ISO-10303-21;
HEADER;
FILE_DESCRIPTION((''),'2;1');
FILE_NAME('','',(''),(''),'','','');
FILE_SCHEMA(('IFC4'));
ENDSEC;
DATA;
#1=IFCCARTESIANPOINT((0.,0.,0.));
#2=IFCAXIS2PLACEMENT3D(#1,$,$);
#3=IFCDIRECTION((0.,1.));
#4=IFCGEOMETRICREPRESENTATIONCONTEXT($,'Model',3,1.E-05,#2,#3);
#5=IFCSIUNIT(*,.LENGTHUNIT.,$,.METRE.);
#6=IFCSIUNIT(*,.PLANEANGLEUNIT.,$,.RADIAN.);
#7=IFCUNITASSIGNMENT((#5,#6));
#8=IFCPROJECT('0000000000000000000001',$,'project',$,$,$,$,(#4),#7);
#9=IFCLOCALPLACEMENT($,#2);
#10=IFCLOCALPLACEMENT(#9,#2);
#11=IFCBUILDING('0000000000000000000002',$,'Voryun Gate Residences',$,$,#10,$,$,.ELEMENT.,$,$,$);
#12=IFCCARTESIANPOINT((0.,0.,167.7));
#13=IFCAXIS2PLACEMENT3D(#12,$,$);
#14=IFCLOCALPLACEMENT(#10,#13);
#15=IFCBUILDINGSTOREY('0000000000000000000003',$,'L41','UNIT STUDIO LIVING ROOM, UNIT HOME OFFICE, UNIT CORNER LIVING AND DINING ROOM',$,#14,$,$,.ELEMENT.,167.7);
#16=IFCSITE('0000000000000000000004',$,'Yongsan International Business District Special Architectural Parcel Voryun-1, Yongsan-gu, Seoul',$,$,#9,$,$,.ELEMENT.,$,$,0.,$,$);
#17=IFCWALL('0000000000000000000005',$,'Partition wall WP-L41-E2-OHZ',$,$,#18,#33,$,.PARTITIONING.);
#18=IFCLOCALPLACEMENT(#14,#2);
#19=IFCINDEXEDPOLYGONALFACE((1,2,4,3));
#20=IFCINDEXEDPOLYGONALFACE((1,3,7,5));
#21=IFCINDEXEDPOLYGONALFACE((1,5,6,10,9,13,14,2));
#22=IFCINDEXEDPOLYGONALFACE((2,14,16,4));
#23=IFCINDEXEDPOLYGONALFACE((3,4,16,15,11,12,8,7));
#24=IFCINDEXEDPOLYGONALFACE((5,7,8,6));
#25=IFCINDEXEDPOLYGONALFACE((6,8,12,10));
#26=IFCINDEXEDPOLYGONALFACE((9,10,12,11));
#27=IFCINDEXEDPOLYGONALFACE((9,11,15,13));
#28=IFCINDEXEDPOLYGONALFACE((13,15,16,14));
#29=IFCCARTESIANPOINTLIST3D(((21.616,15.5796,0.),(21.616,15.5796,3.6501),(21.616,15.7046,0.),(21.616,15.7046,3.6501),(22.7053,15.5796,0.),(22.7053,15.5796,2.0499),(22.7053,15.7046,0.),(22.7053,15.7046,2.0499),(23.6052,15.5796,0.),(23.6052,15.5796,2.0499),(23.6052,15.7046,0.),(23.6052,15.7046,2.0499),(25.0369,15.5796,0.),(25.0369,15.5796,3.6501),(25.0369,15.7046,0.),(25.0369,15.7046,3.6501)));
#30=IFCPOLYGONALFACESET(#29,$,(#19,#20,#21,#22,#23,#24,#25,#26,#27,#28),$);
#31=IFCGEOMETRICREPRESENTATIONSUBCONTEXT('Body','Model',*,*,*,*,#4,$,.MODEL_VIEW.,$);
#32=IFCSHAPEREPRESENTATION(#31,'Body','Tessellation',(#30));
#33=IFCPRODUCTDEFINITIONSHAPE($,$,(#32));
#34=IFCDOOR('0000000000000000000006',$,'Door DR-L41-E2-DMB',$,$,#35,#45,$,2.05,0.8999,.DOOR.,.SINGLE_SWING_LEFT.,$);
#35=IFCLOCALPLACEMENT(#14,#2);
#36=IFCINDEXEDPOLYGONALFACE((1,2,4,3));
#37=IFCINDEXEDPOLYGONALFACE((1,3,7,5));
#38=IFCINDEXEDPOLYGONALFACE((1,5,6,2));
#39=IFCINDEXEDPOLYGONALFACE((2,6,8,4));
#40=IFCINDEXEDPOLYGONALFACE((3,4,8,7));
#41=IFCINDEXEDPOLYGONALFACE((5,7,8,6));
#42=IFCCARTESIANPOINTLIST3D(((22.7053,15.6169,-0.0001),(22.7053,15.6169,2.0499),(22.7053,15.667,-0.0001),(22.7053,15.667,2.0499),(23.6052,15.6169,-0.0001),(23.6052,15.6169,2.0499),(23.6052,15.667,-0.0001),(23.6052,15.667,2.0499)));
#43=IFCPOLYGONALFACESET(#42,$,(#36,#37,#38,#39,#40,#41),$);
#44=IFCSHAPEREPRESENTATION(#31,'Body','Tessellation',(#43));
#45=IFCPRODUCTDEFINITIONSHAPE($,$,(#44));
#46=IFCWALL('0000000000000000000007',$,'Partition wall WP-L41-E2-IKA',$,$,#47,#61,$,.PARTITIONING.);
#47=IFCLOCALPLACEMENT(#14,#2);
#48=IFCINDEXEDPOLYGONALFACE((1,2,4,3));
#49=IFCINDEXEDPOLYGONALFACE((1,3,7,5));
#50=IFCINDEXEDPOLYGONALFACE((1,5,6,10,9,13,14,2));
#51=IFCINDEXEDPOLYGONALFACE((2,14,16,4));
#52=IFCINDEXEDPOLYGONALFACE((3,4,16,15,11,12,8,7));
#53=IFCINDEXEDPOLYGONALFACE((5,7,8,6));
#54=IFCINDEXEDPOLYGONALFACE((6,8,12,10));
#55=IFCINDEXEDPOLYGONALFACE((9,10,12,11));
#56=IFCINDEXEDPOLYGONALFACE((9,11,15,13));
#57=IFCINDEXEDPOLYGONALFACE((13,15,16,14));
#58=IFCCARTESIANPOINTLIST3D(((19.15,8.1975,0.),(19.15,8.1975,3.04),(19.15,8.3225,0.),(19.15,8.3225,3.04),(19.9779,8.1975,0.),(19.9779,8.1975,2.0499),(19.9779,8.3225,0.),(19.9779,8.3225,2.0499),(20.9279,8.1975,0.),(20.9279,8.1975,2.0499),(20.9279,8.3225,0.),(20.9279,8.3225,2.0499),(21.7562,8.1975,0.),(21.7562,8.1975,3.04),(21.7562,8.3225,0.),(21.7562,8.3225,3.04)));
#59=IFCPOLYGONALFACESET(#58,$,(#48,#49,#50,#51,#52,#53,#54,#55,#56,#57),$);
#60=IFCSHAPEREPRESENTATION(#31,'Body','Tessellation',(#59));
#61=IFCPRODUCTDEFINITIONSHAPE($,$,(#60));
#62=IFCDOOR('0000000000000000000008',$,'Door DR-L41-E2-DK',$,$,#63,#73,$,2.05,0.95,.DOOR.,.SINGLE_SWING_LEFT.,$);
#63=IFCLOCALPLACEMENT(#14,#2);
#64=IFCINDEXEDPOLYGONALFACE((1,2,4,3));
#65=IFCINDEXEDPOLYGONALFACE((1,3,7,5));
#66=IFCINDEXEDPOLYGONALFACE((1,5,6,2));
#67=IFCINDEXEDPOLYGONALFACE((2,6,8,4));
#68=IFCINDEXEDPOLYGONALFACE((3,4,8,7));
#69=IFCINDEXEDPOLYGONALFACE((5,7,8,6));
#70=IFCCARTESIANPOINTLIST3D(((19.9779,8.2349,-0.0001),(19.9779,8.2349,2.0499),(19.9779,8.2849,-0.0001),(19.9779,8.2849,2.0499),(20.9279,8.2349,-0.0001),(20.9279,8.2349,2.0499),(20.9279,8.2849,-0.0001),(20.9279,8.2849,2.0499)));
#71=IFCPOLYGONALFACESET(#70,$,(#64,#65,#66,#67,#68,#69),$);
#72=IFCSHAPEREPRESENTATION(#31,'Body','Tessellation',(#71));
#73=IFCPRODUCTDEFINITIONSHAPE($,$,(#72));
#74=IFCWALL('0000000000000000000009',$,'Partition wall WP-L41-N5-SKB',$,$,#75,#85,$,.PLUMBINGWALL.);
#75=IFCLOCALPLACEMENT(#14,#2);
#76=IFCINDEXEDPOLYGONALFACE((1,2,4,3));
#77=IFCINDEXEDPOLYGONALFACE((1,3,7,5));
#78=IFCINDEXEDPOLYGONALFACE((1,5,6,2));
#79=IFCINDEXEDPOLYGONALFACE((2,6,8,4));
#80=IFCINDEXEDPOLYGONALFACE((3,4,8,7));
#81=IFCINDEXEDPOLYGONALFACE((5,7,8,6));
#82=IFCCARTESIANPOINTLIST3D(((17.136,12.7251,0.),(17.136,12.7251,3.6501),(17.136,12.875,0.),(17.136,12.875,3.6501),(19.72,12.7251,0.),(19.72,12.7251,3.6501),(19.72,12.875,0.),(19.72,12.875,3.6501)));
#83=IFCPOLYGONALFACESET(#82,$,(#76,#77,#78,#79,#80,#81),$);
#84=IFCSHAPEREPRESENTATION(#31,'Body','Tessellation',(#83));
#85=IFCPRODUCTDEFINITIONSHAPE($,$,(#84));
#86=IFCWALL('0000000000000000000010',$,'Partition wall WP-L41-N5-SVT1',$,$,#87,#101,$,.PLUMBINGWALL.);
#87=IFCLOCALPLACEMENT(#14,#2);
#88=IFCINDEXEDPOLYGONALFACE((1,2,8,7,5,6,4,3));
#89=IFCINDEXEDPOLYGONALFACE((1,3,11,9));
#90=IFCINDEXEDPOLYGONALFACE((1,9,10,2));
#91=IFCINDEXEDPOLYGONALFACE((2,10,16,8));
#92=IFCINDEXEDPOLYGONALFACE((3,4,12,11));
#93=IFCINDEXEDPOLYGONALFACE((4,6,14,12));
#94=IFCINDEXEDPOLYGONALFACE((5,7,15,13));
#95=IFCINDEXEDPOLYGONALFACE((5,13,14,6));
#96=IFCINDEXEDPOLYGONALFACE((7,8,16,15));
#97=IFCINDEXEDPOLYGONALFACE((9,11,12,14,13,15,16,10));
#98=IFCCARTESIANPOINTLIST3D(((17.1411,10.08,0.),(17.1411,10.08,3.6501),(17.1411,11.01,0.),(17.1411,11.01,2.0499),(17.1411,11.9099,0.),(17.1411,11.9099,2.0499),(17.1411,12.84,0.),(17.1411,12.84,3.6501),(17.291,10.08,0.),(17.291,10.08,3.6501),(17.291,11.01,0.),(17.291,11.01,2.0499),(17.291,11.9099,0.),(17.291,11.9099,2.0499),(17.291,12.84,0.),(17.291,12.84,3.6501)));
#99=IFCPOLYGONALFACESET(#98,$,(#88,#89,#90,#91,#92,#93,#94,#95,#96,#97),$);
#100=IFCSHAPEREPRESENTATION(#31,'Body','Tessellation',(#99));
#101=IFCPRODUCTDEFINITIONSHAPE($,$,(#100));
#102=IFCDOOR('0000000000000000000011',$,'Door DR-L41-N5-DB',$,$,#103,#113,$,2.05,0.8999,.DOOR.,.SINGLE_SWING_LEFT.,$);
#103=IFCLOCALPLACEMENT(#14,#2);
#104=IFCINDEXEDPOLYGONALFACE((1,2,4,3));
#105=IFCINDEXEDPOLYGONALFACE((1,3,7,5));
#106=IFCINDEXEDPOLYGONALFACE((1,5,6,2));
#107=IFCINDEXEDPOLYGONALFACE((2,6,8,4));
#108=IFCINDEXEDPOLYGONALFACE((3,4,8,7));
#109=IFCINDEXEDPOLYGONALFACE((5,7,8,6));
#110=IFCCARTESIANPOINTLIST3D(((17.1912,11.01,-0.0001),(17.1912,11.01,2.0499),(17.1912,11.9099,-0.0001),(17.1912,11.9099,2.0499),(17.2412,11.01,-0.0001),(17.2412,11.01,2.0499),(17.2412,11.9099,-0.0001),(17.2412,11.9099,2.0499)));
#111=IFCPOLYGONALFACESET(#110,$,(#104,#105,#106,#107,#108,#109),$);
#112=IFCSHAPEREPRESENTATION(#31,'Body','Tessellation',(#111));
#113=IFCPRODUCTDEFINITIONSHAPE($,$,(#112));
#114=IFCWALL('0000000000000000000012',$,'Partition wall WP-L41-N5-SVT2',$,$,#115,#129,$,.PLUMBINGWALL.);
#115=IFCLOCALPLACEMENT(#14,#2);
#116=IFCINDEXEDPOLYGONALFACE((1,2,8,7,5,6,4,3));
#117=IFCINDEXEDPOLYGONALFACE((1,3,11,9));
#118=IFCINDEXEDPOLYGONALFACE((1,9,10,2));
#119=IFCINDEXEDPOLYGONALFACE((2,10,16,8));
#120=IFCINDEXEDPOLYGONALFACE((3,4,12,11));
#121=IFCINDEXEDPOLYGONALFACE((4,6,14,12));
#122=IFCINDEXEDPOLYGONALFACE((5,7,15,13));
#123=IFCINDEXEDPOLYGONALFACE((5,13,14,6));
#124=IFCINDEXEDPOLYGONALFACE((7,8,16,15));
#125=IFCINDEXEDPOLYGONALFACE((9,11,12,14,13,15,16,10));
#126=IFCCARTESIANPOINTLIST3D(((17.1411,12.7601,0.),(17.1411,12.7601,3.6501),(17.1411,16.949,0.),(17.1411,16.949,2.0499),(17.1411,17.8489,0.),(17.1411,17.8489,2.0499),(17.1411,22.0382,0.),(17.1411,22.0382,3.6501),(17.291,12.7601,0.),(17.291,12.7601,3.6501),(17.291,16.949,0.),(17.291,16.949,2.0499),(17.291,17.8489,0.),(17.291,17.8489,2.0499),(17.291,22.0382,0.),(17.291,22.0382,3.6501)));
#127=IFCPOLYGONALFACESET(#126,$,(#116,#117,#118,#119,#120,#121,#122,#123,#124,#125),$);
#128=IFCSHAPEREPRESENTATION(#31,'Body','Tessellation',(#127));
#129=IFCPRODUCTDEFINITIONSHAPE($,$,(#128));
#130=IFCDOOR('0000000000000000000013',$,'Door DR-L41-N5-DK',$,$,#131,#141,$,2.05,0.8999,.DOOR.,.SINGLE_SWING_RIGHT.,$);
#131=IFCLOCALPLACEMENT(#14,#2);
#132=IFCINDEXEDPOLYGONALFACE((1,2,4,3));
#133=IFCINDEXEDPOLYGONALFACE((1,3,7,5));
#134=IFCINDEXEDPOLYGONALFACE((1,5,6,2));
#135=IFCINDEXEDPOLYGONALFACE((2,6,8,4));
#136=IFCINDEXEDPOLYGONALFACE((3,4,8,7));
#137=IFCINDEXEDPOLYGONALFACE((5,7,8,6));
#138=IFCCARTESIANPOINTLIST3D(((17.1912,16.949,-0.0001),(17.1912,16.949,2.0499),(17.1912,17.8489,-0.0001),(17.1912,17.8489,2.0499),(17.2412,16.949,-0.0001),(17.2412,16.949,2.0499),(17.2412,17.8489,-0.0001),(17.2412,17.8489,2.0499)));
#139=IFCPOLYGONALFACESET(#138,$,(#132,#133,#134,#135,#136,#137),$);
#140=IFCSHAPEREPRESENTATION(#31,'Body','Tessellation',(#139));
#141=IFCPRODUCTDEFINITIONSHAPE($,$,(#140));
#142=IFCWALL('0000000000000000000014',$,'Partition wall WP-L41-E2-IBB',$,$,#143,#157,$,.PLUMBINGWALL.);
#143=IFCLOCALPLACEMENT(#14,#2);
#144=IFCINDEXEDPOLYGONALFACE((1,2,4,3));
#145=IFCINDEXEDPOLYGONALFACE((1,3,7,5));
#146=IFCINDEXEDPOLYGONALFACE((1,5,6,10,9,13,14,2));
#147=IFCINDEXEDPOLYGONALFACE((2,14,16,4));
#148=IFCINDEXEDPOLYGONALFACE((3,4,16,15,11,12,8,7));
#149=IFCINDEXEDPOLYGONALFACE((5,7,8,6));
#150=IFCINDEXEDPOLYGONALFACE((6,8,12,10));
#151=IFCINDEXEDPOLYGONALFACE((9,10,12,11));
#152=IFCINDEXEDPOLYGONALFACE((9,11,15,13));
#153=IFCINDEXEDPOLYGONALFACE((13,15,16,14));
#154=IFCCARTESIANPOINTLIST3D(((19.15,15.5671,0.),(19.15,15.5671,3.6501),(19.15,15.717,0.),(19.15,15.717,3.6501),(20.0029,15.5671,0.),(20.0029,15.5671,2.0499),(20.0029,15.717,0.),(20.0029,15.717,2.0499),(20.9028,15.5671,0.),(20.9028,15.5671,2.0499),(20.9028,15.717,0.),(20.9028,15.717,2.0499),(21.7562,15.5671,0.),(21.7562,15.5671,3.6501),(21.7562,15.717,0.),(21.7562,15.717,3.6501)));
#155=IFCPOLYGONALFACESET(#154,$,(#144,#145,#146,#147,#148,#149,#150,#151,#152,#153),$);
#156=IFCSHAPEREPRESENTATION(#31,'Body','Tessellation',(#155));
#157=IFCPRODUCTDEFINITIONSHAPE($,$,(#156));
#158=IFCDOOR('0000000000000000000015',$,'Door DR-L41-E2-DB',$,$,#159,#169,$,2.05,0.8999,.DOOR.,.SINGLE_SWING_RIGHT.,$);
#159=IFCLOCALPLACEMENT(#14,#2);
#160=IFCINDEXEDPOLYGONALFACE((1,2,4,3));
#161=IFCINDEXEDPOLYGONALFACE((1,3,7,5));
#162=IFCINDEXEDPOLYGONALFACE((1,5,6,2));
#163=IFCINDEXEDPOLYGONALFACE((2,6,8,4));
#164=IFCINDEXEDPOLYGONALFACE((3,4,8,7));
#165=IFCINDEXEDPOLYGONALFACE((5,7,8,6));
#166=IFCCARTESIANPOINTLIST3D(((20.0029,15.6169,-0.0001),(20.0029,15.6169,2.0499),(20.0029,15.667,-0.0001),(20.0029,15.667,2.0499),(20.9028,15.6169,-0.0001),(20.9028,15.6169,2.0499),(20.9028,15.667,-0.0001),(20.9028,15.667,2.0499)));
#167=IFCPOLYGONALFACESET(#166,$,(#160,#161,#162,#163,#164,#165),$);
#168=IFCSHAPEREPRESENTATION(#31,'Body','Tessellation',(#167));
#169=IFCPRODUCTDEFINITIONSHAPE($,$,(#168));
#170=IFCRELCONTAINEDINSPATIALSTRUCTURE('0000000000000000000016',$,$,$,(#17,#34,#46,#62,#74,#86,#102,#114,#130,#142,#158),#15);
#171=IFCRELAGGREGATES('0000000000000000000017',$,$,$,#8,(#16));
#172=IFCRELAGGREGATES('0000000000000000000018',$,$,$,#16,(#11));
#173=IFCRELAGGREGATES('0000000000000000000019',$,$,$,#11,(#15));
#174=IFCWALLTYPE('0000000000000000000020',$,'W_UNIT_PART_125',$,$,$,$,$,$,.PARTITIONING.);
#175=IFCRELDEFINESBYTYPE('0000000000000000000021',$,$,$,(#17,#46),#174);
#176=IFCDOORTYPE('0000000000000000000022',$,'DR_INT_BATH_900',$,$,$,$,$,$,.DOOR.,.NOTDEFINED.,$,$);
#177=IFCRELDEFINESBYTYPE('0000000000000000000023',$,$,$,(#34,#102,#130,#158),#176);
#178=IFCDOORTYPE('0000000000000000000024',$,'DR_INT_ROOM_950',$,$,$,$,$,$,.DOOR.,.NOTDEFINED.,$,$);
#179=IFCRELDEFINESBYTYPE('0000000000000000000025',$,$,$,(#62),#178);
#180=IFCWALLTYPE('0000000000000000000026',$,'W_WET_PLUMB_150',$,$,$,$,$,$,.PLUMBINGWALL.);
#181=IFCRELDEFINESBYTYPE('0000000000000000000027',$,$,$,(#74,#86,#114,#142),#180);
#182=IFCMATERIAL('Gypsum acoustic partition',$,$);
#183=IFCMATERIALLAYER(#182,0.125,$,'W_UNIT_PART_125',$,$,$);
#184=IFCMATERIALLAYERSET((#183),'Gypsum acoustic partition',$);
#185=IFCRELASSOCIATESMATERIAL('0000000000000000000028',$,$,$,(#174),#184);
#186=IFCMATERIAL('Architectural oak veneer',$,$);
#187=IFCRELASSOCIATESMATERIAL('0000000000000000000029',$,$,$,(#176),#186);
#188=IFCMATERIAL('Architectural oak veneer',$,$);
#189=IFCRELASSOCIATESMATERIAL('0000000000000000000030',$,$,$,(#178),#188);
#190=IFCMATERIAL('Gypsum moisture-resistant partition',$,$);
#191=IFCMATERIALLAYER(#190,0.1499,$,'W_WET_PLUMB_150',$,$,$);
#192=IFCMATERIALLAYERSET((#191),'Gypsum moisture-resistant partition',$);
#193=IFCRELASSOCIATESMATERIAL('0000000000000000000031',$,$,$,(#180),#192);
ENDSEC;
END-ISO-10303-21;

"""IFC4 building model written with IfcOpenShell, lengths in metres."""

from ifc_helpers import new_model, si_unit, direction, frame, frame_2d, origin, place, context, subcontext, project, spatial, rectangle, extrude, material, layer, layer_set, type_object, element, fill, save


model = new_model("IFC4")

# Units and contexts
model_context = context("Model", 3, precision=1e-05, world=origin(), true_north=direction((0.0, 1.0)))
body_context = subcontext(model_context, "Body", "Model", "MODEL_VIEW")
ifc_project = project(units=[si_unit("LENGTHUNIT", "METRE"), si_unit("PLANEANGLEUNIT", "RADIAN")], contexts=[model_context])

# Site, building, storey
site_placement = place(None, origin())
site = spatial("IfcSite", under=ifc_project, at=site_placement, Name="Yongsan International Business District Special Architectural Parcel Voryun-1, Yongsan-gu, Seoul", CompositionType="ELEMENT", RefElevation=0.0)
building_placement = place(site_placement, origin())
building = spatial("IfcBuilding", under=site, at=building_placement, Name="Voryun Gate Residences", CompositionType="ELEMENT")
storey_placement = place(building_placement, frame((0.0, 0.0, 167.7)))
storey = spatial("IfcBuildingStorey", under=building, at=storey_placement, Name="L41", Description="UNIT STUDIO LIVING ROOM, UNIT HOME OFFICE, UNIT CORNER LIVING AND DINING ROOM", CompositionType="ELEMENT", Elevation=167.7)

# Walls, openings, doors
ifc_material_1 = material(Name="Gypsum acoustic partition")
ifc_layer_1 = layer(ifc_material_1, 0.125, Name="W_UNIT_PART_125")
ifc_layer_set_1 = layer_set([ifc_layer_1], Name="Gypsum acoustic partition")
wall_type_1 = type_object("IfcWallType", Name="W_UNIT_PART_125", PredefinedType="PARTITIONING", material=ifc_layer_set_1)
wall_1_placement = place(storey_placement, frame((21.616, 15.6421, 0.0), z_axis=(0.0, 0.0, 1.0), x_axis=(1.0, 0.0, 0.0)))
wall_1 = element("IfcWall", 1, at=wall_1_placement, inside=storey, type_object=wall_type_1, Name="Partition wall WP-L41-E2-OHZ", PredefinedType="PARTITIONING", context=body_context, shape_type="SweptSolid", body=[
    extrude(rectangle(XDim=3.4209, YDim=0.125, at=frame_2d((1.7104, 0.0))), origin(), (0.0, 0.0, 1.0), 3.6501),
])
opening_1_placement = place(wall_1_placement, frame((1.0894, 0.0, 0.0)))
opening_1 = element("IfcOpeningElement", 2, at=opening_1_placement, cuts=wall_1, PredefinedType="OPENING", context=body_context, shape_type="SweptSolid", body=[
    extrude(rectangle(XDim=0.8999, YDim=2.05, at=frame_2d((0.45, 1.0249))), frame((0.0, 0.0725, 0.0), z_axis=(0.0, -1.0, 0.0), x_axis=(1.0, 0.0, 0.0)), (0.0, 0.0, 1.0), 0.145),
])
ifc_material_2 = material(Name="Architectural oak veneer")
door_type_1 = type_object("IfcDoorType", Name="DR_INT_BATH_900", OperationType="NOTDEFINED", PredefinedType="DOOR", material=ifc_material_2)
door_1_placement = place(opening_1_placement, origin())
door_1 = element("IfcDoor", 3, at=door_1_placement, inside=storey, type_object=door_type_1, Name="Door DR-L41-E2-DMB", OperationType="SINGLE_SWING_LEFT", OverallHeight=2.05, OverallWidth=0.8999, PredefinedType="DOOR", context=body_context, shape_type="SweptSolid", body=[
    extrude(rectangle(XDim=0.8999, YDim=2.05, at=frame_2d((0.45, 1.0249))), frame((0.0, 0.0249, 0.0), z_axis=(0.0, -1.0, 0.0), x_axis=(1.0, 0.0, 0.0)), (0.0, 0.0, 1.0), 0.05),
])
fill(opening_1, door_1)
wall_2_placement = place(storey_placement, frame((19.1499, 8.26, 0.0), z_axis=(0.0, 0.0, 1.0), x_axis=(1.0, 0.0, 0.0)))
wall_2 = element("IfcWall", 4, at=wall_2_placement, inside=storey, type_object=wall_type_1, Name="Partition wall WP-L41-E2-IKA", PredefinedType="PARTITIONING", context=body_context, shape_type="SweptSolid", body=[
    extrude(rectangle(XDim=2.6062, YDim=0.125, at=frame_2d((1.3032, 0.0))), origin(), (0.0, 0.0, 1.0), 3.04),
])
opening_2_placement = place(wall_2_placement, frame((0.8279, 0.0, 0.0)))
opening_2 = element("IfcOpeningElement", 5, at=opening_2_placement, cuts=wall_2, PredefinedType="OPENING", context=body_context, shape_type="SweptSolid", body=[
    extrude(rectangle(XDim=0.95, YDim=2.05, at=frame_2d((0.4751, 1.0249))), frame((0.0, 0.0725, 0.0), z_axis=(0.0, -1.0, 0.0), x_axis=(1.0, 0.0, 0.0)), (0.0, 0.0, 1.0), 0.145),
])
ifc_material_3 = material(Name="Architectural oak veneer")
door_type_2 = type_object("IfcDoorType", Name="DR_INT_ROOM_950", OperationType="NOTDEFINED", PredefinedType="DOOR", material=ifc_material_3)
door_2_placement = place(opening_2_placement, origin())
door_2 = element("IfcDoor", 6, at=door_2_placement, inside=storey, type_object=door_type_2, Name="Door DR-L41-E2-DK", OperationType="SINGLE_SWING_LEFT", OverallHeight=2.05, OverallWidth=0.95, PredefinedType="DOOR", context=body_context, shape_type="SweptSolid", body=[
    extrude(rectangle(XDim=0.95, YDim=2.05, at=frame_2d((0.4751, 1.0249))), frame((0.0, 0.0249, 0.0), z_axis=(0.0, -1.0, 0.0), x_axis=(1.0, 0.0, 0.0)), (0.0, 0.0, 1.0), 0.05),
])
fill(opening_2, door_2)

# Wall
ifc_material_4 = material(Name="Gypsum moisture-resistant partition")
ifc_layer_2 = layer(ifc_material_4, 0.1499, Name="W_WET_PLUMB_150")
ifc_layer_set_2 = layer_set([ifc_layer_2], Name="Gypsum moisture-resistant partition")
wall_type_2 = type_object("IfcWallType", Name="W_WET_PLUMB_150", PredefinedType="PLUMBINGWALL", material=ifc_layer_set_2)
wall_3_placement = place(storey_placement, frame((17.136, 12.8, 0.0), z_axis=(0.0, 0.0, 1.0), x_axis=(1.0, 0.0, 0.0)))
element("IfcWall", 7, at=wall_3_placement, inside=storey, type_object=wall_type_2, Name="Partition wall WP-L41-N5-SKB", PredefinedType="PLUMBINGWALL", context=body_context, shape_type="SweptSolid", body=[
    extrude(rectangle(XDim=2.584, YDim=0.1499, at=frame_2d((1.292, 0.0))), origin(), (0.0, 0.0, 1.0), 3.6501),
])

# Walls, openings, doors
wall_4_placement = place(storey_placement, frame((17.2161, 10.0801, 0.0), z_axis=(0.0, 0.0, 1.0), x_axis=(0.0, 1.0, 0.0)))
wall_4 = element("IfcWall", 8, at=wall_4_placement, inside=storey, type_object=wall_type_2, Name="Partition wall WP-L41-N5-SVT1", PredefinedType="PLUMBINGWALL", context=body_context, shape_type="SweptSolid", body=[
    extrude(rectangle(XDim=2.76, YDim=0.1499, at=frame_2d((1.3799, 0.0))), origin(), (0.0, 0.0, 1.0), 3.6501),
])
opening_3_placement = place(wall_4_placement, frame((0.9299, 0.0, 0.0)))
opening_3 = element("IfcOpeningElement", 9, at=opening_3_placement, cuts=wall_4, PredefinedType="OPENING", context=body_context, shape_type="SweptSolid", body=[
    extrude(rectangle(XDim=0.8999, YDim=2.05, at=frame_2d((0.45, 1.0249))), frame((0.0, 0.085, 0.0), z_axis=(0.0, -1.0, 0.0), x_axis=(1.0, 0.0, 0.0)), (0.0, 0.0, 1.0), 0.1699),
])
door_3_placement = place(opening_3_placement, origin())
door_3 = element("IfcDoor", 10, at=door_3_placement, inside=storey, type_object=door_type_1, Name="Door DR-L41-N5-DB", OperationType="SINGLE_SWING_LEFT", OverallHeight=2.05, OverallWidth=0.8999, PredefinedType="DOOR", context=body_context, shape_type="SweptSolid", body=[
    extrude(rectangle(XDim=0.8999, YDim=2.05, at=frame_2d((0.45, 1.0249))), frame((0.0, 0.0249, 0.0), z_axis=(0.0, -1.0, 0.0), x_axis=(1.0, 0.0, 0.0)), (0.0, 0.0, 1.0), 0.05),
])
fill(opening_3, door_3)
wall_5_placement = place(storey_placement, frame((17.2161, 12.76, 0.0), z_axis=(0.0, 0.0, 1.0), x_axis=(0.0, 1.0, 0.0)))
wall_5 = element("IfcWall", 11, at=wall_5_placement, inside=storey, type_object=wall_type_2, Name="Partition wall WP-L41-N5-SVT2", PredefinedType="PLUMBINGWALL", context=body_context, shape_type="SweptSolid", body=[
    extrude(rectangle(XDim=9.2781, YDim=0.1499, at=frame_2d((4.6392, 0.0))), origin(), (0.0, 0.0, 1.0), 3.6501),
])
opening_4_placement = place(wall_5_placement, frame((4.189, 0.0, 0.0)))
opening_4 = element("IfcOpeningElement", 12, at=opening_4_placement, cuts=wall_5, PredefinedType="OPENING", context=body_context, shape_type="SweptSolid", body=[
    extrude(rectangle(XDim=0.8999, YDim=2.05, at=frame_2d((0.45, 1.0249))), frame((0.0, 0.085, 0.0), z_axis=(0.0, -1.0, 0.0), x_axis=(1.0, 0.0, 0.0)), (0.0, 0.0, 1.0), 0.1699),
])
door_4_placement = place(opening_4_placement, origin())
door_4 = element("IfcDoor", 13, at=door_4_placement, inside=storey, type_object=door_type_1, Name="Door DR-L41-N5-DK", OperationType="SINGLE_SWING_RIGHT", OverallHeight=2.05, OverallWidth=0.8999, PredefinedType="DOOR", context=body_context, shape_type="SweptSolid", body=[
    extrude(rectangle(XDim=0.8999, YDim=2.05, at=frame_2d((0.45, 1.0249))), frame((0.0, 0.0249, 0.0), z_axis=(0.0, -1.0, 0.0), x_axis=(1.0, 0.0, 0.0)), (0.0, 0.0, 1.0), 0.05),
])
fill(opening_4, door_4)
wall_6_placement = place(storey_placement, frame((19.1499, 15.6421, 0.0), z_axis=(0.0, 0.0, 1.0), x_axis=(1.0, 0.0, 0.0)))
wall_6 = element("IfcWall", 14, at=wall_6_placement, inside=storey, type_object=wall_type_2, Name="Partition wall WP-L41-E2-IBB", PredefinedType="PLUMBINGWALL", context=body_context, shape_type="SweptSolid", body=[
    extrude(rectangle(XDim=2.6062, YDim=0.1499, at=frame_2d((1.3032, 0.0))), origin(), (0.0, 0.0, 1.0), 3.6501),
])
opening_5_placement = place(wall_6_placement, frame((0.853, 0.0, 0.0)))
opening_5 = element("IfcOpeningElement", 15, at=opening_5_placement, cuts=wall_6, PredefinedType="OPENING", context=body_context, shape_type="SweptSolid", body=[
    extrude(rectangle(XDim=0.8999, YDim=2.05, at=frame_2d((0.45, 1.0249))), frame((0.0, 0.085, 0.0), z_axis=(0.0, -1.0, 0.0), x_axis=(1.0, 0.0, 0.0)), (0.0, 0.0, 1.0), 0.1699),
])
door_5_placement = place(opening_5_placement, origin())
door_5 = element("IfcDoor", 16, at=door_5_placement, inside=storey, type_object=door_type_1, Name="Door DR-L41-E2-DB", OperationType="SINGLE_SWING_RIGHT", OverallHeight=2.05, OverallWidth=0.8999, PredefinedType="DOOR", context=body_context, shape_type="SweptSolid", body=[
    extrude(rectangle(XDim=0.8999, YDim=2.05, at=frame_2d((0.45, 1.0249))), frame((0.0, 0.0249, 0.0), z_axis=(0.0, -1.0, 0.0), x_axis=(1.0, 0.0, 0.0)), (0.0, 0.0, 1.0), 0.05),
])
fill(opening_5, door_5)

save(model, "model.ifc")
